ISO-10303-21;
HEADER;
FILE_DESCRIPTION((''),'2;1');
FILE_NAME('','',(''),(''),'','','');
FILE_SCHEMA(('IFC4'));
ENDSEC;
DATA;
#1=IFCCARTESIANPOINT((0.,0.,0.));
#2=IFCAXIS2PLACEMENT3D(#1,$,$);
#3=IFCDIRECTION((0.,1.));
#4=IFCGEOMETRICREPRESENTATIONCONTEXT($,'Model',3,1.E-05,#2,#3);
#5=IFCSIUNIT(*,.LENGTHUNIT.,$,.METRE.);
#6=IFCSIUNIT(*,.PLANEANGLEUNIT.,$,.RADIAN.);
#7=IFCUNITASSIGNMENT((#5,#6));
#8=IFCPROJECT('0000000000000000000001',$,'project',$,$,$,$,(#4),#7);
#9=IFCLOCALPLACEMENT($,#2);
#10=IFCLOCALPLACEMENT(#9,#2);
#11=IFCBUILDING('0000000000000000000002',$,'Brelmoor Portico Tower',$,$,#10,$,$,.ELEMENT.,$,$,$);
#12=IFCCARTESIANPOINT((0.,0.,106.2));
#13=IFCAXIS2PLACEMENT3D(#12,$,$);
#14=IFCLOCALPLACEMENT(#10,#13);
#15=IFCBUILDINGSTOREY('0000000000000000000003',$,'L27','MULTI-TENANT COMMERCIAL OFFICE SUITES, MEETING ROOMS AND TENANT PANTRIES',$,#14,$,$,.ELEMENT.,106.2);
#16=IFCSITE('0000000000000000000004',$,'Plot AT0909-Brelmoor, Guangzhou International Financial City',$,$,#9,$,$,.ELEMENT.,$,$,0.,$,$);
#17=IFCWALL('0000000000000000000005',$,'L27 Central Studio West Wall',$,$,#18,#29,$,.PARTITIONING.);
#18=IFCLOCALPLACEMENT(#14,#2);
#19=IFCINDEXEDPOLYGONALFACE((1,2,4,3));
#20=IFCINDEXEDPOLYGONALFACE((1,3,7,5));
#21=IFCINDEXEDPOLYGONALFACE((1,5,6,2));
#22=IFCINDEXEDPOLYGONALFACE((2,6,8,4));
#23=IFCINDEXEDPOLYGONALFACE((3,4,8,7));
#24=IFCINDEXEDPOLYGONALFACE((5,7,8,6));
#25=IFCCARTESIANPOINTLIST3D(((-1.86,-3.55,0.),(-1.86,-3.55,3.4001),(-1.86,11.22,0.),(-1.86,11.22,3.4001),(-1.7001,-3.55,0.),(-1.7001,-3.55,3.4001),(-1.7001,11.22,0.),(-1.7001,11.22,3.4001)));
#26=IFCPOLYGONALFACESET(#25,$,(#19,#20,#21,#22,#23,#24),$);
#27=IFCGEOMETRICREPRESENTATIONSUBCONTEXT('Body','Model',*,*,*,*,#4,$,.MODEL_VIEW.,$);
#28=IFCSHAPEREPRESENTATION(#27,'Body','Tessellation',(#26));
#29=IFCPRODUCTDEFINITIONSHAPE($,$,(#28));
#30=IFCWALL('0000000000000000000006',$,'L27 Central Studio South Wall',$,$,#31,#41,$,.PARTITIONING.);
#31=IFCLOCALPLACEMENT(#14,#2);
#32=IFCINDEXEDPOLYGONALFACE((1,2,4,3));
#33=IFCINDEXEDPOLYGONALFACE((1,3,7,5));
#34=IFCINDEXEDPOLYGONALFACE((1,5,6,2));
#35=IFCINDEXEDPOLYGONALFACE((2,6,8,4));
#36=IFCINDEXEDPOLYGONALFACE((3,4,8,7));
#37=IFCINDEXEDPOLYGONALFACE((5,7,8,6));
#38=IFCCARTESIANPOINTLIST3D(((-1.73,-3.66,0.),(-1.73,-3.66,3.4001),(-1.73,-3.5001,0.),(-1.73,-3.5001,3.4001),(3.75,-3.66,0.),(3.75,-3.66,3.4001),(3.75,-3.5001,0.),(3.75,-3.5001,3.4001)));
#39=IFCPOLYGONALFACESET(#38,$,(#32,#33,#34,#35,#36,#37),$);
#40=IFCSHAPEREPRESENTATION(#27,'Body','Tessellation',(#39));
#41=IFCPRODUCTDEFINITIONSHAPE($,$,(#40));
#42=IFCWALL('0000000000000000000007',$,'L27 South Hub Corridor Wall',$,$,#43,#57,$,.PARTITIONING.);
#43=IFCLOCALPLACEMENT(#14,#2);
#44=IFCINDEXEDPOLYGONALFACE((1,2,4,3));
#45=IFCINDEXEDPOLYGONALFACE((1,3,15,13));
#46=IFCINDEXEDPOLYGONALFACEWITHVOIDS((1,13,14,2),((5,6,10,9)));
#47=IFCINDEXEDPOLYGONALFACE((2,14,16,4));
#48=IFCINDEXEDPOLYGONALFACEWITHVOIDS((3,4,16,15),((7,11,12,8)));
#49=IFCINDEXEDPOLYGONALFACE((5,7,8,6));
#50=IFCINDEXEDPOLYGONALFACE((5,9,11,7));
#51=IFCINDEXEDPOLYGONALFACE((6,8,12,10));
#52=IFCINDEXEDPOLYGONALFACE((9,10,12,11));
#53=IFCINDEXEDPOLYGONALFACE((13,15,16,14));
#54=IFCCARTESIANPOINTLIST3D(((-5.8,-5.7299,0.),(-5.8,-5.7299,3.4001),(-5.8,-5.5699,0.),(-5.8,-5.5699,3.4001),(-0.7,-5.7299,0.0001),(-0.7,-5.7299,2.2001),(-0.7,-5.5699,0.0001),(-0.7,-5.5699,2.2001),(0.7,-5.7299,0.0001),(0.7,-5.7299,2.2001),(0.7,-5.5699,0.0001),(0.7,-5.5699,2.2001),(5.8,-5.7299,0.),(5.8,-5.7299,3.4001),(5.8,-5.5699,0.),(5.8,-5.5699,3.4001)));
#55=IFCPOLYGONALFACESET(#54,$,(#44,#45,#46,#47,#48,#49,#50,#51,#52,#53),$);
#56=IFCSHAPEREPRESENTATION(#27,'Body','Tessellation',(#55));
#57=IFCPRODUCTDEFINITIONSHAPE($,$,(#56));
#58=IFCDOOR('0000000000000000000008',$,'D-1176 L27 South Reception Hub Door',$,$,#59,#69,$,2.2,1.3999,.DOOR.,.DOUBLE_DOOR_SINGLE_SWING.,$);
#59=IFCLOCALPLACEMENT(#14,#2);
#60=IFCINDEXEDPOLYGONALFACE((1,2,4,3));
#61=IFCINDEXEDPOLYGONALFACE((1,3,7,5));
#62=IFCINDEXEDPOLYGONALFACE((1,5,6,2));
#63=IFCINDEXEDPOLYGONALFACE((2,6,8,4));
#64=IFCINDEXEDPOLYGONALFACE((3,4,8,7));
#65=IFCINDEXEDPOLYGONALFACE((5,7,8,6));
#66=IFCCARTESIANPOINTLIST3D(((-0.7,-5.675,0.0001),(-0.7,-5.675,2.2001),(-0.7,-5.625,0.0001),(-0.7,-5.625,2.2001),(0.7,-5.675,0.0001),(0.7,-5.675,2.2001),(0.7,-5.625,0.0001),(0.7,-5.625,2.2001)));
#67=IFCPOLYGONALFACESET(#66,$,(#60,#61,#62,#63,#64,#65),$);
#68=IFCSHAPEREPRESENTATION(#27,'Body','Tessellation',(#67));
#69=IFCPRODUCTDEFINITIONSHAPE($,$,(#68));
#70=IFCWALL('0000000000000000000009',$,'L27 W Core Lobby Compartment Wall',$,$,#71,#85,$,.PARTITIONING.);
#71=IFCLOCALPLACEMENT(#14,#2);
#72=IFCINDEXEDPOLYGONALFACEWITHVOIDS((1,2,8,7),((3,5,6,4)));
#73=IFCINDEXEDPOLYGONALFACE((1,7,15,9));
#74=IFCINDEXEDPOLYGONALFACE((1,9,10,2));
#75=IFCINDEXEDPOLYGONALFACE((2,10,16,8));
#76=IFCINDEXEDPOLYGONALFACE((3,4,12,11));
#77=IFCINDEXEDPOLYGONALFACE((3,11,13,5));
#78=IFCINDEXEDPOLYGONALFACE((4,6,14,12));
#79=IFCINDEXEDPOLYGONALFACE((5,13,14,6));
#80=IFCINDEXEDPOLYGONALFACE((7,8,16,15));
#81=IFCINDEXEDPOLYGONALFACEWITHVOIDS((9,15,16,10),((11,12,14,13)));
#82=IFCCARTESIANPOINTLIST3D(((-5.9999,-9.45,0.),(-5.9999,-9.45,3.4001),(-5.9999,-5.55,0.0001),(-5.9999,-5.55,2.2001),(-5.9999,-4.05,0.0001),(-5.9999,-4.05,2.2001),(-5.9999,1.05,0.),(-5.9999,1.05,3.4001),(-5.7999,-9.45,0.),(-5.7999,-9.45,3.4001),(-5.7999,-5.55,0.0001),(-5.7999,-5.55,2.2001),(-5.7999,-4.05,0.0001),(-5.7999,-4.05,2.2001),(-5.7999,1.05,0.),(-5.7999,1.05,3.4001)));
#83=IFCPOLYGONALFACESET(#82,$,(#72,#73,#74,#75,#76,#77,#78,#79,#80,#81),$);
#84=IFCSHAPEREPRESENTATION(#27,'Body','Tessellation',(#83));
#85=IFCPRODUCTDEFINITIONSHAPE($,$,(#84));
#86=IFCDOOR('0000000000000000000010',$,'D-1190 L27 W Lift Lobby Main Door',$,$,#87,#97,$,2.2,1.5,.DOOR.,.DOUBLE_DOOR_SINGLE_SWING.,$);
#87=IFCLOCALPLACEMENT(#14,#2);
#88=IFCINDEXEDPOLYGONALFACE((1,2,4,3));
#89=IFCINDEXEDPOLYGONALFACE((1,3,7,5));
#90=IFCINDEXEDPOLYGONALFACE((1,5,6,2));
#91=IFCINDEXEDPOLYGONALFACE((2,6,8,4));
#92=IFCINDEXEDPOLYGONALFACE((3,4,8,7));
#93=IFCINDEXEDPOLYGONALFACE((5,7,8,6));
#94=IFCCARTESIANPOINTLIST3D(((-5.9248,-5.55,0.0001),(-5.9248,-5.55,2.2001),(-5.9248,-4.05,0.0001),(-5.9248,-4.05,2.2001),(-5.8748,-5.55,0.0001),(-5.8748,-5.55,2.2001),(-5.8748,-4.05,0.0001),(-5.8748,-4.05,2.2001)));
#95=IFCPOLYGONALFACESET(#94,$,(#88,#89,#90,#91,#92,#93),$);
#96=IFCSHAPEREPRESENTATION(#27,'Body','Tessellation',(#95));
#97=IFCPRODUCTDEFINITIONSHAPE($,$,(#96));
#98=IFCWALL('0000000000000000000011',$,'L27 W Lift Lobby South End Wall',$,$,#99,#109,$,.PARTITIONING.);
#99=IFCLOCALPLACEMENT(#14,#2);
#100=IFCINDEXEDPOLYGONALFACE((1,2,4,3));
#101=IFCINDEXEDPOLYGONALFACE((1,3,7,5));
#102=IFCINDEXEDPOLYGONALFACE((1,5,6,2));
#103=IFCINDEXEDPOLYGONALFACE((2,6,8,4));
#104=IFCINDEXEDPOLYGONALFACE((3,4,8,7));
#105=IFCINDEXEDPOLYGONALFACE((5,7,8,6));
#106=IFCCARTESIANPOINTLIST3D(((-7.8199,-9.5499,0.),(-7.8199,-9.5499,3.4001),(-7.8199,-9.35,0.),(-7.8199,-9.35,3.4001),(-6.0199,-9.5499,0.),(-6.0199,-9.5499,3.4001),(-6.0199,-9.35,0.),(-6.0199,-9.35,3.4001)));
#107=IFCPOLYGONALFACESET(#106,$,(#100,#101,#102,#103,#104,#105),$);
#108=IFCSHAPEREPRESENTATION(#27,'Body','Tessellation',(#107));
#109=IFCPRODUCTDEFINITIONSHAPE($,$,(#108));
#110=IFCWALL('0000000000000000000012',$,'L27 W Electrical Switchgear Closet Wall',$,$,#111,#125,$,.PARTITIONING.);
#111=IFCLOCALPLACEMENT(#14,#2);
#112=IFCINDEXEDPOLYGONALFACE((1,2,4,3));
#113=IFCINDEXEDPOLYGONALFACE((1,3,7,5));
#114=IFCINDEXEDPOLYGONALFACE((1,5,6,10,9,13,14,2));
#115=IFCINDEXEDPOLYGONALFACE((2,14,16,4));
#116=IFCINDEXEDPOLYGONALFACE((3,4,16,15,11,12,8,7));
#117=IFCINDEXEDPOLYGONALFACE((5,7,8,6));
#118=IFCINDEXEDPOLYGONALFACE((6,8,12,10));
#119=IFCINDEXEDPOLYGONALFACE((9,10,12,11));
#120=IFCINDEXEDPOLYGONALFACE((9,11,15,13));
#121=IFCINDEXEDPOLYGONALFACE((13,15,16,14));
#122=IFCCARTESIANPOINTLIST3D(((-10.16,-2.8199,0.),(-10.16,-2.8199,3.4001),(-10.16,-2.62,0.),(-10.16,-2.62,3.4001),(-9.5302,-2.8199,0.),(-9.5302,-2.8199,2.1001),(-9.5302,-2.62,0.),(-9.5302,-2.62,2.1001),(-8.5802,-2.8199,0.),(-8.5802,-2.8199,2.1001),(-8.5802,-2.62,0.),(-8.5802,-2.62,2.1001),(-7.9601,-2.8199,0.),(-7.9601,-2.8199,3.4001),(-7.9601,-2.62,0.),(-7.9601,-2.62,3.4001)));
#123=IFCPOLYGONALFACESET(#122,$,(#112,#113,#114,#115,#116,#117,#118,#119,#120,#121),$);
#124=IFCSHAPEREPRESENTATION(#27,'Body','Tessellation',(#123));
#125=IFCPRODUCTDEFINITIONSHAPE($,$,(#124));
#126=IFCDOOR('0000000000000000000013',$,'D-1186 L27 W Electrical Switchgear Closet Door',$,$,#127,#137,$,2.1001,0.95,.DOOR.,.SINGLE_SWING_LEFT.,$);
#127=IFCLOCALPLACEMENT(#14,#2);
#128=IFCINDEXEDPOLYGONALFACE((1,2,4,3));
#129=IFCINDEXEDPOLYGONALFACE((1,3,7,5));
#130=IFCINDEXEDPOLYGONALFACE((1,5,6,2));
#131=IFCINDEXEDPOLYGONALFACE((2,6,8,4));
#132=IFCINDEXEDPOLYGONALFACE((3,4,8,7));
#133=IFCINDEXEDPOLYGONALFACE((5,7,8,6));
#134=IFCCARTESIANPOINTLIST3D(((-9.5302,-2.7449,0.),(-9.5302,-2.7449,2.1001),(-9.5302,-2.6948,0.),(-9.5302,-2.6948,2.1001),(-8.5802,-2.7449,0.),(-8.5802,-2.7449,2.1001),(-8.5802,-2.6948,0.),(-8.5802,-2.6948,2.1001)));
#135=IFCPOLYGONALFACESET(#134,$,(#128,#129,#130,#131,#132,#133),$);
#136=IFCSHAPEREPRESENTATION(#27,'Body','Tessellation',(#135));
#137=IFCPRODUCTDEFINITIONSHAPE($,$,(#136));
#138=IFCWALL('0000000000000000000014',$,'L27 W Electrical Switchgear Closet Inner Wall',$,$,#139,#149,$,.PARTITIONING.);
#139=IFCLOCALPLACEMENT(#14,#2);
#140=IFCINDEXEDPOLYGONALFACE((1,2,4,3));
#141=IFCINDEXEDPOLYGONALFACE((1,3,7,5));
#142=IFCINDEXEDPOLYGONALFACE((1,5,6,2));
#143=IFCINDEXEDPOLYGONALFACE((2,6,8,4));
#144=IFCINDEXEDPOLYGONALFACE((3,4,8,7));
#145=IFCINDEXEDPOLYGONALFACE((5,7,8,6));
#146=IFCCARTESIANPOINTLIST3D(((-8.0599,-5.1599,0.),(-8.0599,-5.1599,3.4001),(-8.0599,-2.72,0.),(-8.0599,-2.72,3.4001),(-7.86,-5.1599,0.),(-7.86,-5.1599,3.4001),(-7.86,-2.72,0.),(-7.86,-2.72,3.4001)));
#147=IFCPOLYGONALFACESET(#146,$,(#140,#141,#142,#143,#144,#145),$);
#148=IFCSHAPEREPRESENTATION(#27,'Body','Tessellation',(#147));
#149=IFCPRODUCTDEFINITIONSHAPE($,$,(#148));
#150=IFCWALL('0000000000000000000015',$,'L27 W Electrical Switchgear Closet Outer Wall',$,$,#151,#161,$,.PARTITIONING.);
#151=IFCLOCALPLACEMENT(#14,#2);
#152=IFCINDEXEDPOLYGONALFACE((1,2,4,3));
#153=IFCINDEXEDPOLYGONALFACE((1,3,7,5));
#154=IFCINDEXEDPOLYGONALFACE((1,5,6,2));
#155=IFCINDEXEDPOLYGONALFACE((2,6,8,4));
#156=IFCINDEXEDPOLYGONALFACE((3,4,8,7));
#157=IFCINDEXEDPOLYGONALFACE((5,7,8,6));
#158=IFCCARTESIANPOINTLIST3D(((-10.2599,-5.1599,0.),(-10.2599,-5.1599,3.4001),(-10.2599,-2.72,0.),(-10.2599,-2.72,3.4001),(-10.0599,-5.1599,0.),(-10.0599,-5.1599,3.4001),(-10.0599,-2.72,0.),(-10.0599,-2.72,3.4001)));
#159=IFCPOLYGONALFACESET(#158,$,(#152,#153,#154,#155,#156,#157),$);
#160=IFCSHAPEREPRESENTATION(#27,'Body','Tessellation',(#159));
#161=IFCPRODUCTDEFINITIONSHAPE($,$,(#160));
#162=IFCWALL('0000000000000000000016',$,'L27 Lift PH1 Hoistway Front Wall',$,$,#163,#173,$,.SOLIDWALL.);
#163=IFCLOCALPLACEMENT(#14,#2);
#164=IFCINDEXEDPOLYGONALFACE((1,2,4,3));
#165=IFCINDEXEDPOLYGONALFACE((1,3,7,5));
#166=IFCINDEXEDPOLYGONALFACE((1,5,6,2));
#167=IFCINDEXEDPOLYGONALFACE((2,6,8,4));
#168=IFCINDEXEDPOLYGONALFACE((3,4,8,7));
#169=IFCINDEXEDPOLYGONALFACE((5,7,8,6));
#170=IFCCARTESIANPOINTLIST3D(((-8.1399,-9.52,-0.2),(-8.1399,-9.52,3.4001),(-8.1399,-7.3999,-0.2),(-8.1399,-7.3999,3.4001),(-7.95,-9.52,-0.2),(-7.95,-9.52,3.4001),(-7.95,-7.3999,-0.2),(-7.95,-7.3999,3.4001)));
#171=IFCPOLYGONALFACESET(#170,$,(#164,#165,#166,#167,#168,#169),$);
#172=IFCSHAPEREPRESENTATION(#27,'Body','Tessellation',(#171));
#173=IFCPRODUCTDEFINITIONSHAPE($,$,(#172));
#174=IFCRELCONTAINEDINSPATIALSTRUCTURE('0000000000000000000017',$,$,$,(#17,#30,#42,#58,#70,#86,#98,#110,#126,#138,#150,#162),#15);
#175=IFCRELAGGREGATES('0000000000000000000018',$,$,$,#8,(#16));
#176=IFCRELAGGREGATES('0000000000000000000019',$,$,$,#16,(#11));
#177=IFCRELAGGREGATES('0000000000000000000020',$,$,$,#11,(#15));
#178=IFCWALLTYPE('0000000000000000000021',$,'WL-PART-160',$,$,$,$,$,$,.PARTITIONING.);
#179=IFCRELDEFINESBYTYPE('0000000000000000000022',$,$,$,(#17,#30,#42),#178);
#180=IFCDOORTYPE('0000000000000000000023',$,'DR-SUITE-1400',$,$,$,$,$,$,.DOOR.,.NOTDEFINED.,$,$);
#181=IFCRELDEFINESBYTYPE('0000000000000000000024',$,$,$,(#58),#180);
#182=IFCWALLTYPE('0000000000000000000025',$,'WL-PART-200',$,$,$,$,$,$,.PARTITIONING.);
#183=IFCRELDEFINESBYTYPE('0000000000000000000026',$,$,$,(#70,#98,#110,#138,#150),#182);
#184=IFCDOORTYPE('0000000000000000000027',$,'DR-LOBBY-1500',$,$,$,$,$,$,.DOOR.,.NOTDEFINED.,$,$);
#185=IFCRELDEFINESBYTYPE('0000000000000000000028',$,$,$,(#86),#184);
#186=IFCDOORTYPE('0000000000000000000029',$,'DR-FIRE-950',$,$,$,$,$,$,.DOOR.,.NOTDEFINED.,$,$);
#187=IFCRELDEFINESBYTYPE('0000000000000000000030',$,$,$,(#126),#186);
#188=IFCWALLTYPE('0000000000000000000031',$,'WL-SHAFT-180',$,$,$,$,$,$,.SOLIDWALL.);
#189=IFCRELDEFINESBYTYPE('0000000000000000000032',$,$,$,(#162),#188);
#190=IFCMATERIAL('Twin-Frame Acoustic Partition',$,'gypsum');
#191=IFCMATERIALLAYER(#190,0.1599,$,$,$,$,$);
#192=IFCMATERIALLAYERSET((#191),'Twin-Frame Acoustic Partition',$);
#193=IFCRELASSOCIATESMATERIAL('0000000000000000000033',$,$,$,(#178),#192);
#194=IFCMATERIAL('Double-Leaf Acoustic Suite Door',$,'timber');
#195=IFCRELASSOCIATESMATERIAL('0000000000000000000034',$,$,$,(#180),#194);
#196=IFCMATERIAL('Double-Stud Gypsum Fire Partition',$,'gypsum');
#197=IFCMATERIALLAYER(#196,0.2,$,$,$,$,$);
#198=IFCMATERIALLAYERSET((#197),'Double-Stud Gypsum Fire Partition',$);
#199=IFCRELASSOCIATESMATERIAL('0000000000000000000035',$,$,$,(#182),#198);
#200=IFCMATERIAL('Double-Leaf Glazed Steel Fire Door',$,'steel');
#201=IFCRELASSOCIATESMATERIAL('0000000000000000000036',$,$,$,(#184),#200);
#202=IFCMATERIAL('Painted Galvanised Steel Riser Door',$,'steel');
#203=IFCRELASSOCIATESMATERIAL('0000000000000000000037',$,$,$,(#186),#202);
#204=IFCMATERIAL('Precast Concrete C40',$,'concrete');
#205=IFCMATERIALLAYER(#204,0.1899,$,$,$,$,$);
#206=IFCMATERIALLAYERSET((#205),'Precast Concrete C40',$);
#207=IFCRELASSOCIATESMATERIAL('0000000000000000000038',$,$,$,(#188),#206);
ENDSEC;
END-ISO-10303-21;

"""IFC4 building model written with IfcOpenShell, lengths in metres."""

from ifc_helpers import new_model, si_unit, direction, frame, frame_2d, origin, place, context, subcontext, project, spatial, rectangle, extrude, material, layer, layer_set, type_object, element, fill, save


model = new_model("IFC4")

# Units and contexts
model_context = context("Model", 3, precision=1e-05, world=origin(), true_north=direction((0.0, 1.0)))
body_context = subcontext(model_context, "Body", "Model", "MODEL_VIEW")
ifc_project = project(units=[si_unit("LENGTHUNIT", "METRE"), si_unit("PLANEANGLEUNIT", "RADIAN")], contexts=[model_context])

# Site, building, storey
site_placement = place(None, origin())
site = spatial("IfcSite", under=ifc_project, at=site_placement, Name="Plot AT0909-Brelmoor, Guangzhou International Financial City", CompositionType="ELEMENT", RefElevation=0.0)
building_placement = place(site_placement, origin())
building = spatial("IfcBuilding", under=site, at=building_placement, Name="Brelmoor Portico Tower", CompositionType="ELEMENT")
storey_placement = place(building_placement, frame((0.0, 0.0, 106.2)))
storey = spatial("IfcBuildingStorey", under=building, at=storey_placement, Name="L27", Description="MULTI-TENANT COMMERCIAL OFFICE SUITES, MEETING ROOMS AND TENANT PANTRIES", CompositionType="ELEMENT", Elevation=106.2)

# Shared definitions
ifc_material_1 = material(Name="Twin-Frame Acoustic Partition", Category="gypsum")
ifc_layer_1 = layer(ifc_material_1, 0.1599)
ifc_layer_set_1 = layer_set([ifc_layer_1], Name="Twin-Frame Acoustic Partition")
wall_type_1 = type_object("IfcWallType", Name="WL-PART-160", PredefinedType="PARTITIONING", material=ifc_layer_set_1)

# Walls
wall_1_placement = place(storey_placement, frame((-1.78, -3.55, 0.0), z_axis=(0.0, 0.0, 1.0), x_axis=(0.0, 1.0, 0.0)))
element("IfcWall", 1, at=wall_1_placement, inside=storey, type_object=wall_type_1, Name="L27 Central Studio West Wall", PredefinedType="PARTITIONING", context=body_context, shape_type="SweptSolid", body=[
    extrude(rectangle(XDim=14.77, YDim=0.1599, at=frame_2d((7.385, 0.0))), origin(), (0.0, 0.0, 1.0), 3.4001),
])
wall_2_placement = place(storey_placement, frame((-1.73, -3.5801, 0.0), z_axis=(0.0, 0.0, 1.0), x_axis=(1.0, 0.0, 0.0)))
element("IfcWall", 2, at=wall_2_placement, inside=storey, type_object=wall_type_1, Name="L27 Central Studio South Wall", PredefinedType="PARTITIONING", context=body_context, shape_type="SweptSolid", body=[
    extrude(rectangle(XDim=5.48, YDim=0.1599, at=frame_2d((2.74, 0.0))), origin(), (0.0, 0.0, 1.0), 3.4001),
])

# Walls, openings, doors
wall_3_placement = place(storey_placement, frame((-5.8, -5.6499, 0.0), z_axis=(0.0, 0.0, 1.0), x_axis=(1.0, 0.0, 0.0)))
wall_3 = element("IfcWall", 3, at=wall_3_placement, inside=storey, type_object=wall_type_1, Name="L27 South Hub Corridor Wall", PredefinedType="PARTITIONING", context=body_context, shape_type="SweptSolid", body=[
    extrude(rectangle(XDim=11.6001, YDim=0.1599, at=frame_2d((5.8, 0.0))), origin(), (0.0, 0.0, 1.0), 3.4001),
])
opening_1_placement = place(wall_3_placement, frame((5.1001, 0.0, 0.0)))
opening_1 = element("IfcOpeningElement", 4, at=opening_1_placement, cuts=wall_3, PredefinedType="OPENING", context=body_context, shape_type="SweptSolid", body=[
    extrude(rectangle(XDim=1.3999, YDim=2.2, at=frame_2d((0.7, 1.1001))), frame((0.0, 0.0898, 0.0), z_axis=(0.0, -1.0, 0.0), x_axis=(1.0, 0.0, 0.0)), (0.0, 0.0, 1.0), 0.1799),
])
ifc_material_2 = material(Name="Double-Leaf Acoustic Suite Door", Category="timber")
door_type_1 = type_object("IfcDoorType", Name="DR-SUITE-1400", OperationType="NOTDEFINED", PredefinedType="DOOR", material=ifc_material_2)
door_1_placement = place(opening_1_placement, origin())
door_1 = element("IfcDoor", 5, at=door_1_placement, inside=storey, type_object=door_type_1, Name="D-1176 L27 South Reception Hub Door", OperationType="DOUBLE_DOOR_SINGLE_SWING", OverallHeight=2.2, OverallWidth=1.3999, PredefinedType="DOOR", context=body_context, shape_type="SweptSolid", body=[
    extrude(rectangle(XDim=1.3999, YDim=2.2, at=frame_2d((0.7, 1.1001))), frame((0.0, 0.0249, 0.0), z_axis=(0.0, -1.0, 0.0), x_axis=(1.0, 0.0, 0.0)), (0.0, 0.0, 1.0), 0.05),
])
fill(opening_1, door_1)
ifc_material_3 = material(Name="Double-Stud Gypsum Fire Partition", Category="gypsum")
ifc_layer_2 = layer(ifc_material_3, 0.2)
ifc_layer_set_2 = layer_set([ifc_layer_2], Name="Double-Stud Gypsum Fire Partition")
wall_type_2 = type_object("IfcWallType", Name="WL-PART-200", PredefinedType="PARTITIONING", material=ifc_layer_set_2)
wall_4_placement = place(storey_placement, frame((-5.8999, -9.45, 0.0), z_axis=(0.0, 0.0, 1.0), x_axis=(0.0, 1.0, 0.0)))
wall_4 = element("IfcWall", 6, at=wall_4_placement, inside=storey, type_object=wall_type_2, Name="L27 W Core Lobby Compartment Wall", PredefinedType="PARTITIONING", context=body_context, shape_type="SweptSolid", body=[
    extrude(rectangle(XDim=10.5, YDim=0.2, at=frame_2d((5.25, 0.0))), origin(), (0.0, 0.0, 1.0), 3.4001),
])
opening_2_placement = place(wall_4_placement, frame((3.8999, 0.0, 0.0)))
opening_2 = element("IfcOpeningElement", 7, at=opening_2_placement, cuts=wall_4, PredefinedType="OPENING", context=body_context, shape_type="SweptSolid", body=[
    extrude(rectangle(XDim=1.5, YDim=2.2, at=frame_2d((0.75, 1.1001))), frame((0.0, 0.1099, 0.0), z_axis=(0.0, -1.0, 0.0), x_axis=(1.0, 0.0, 0.0)), (0.0, 0.0, 1.0), 0.22),
])
ifc_material_4 = material(Name="Double-Leaf Glazed Steel Fire Door", Category="steel")
door_type_2 = type_object("IfcDoorType", Name="DR-LOBBY-1500", OperationType="NOTDEFINED", PredefinedType="DOOR", material=ifc_material_4)
door_2_placement = place(opening_2_placement, origin())
door_2 = element("IfcDoor", 8, at=door_2_placement, inside=storey, type_object=door_type_2, Name="D-1190 L27 W Lift Lobby Main Door", OperationType="DOUBLE_DOOR_SINGLE_SWING", OverallHeight=2.2, OverallWidth=1.5, PredefinedType="DOOR", context=body_context, shape_type="SweptSolid", body=[
    extrude(rectangle(XDim=1.5, YDim=2.2, at=frame_2d((0.75, 1.1001))), frame((0.0, 0.0249, 0.0), z_axis=(0.0, -1.0, 0.0), x_axis=(1.0, 0.0, 0.0)), (0.0, 0.0, 1.0), 0.05),
])
fill(opening_2, door_2)

# Wall
wall_5_placement = place(storey_placement, frame((-6.02, -9.45, 0.0), z_axis=(0.0, 0.0, 1.0), x_axis=(-1.0, 0.0, 0.0)))
element("IfcWall", 9, at=wall_5_placement, inside=storey, type_object=wall_type_2, Name="L27 W Lift Lobby South End Wall", PredefinedType="PARTITIONING", context=body_context, shape_type="SweptSolid", body=[
    extrude(rectangle(XDim=1.8, YDim=0.2, at=frame_2d((0.8999, 0.0))), origin(), (0.0, 0.0, 1.0), 3.4001),
])

# Wall, opening, door
wall_6_placement = place(storey_placement, frame((-7.96, -2.72, 0.0), z_axis=(0.0, 0.0, 1.0), x_axis=(-1.0, 0.0, 0.0)))
wall_6 = element("IfcWall", 10, at=wall_6_placement, inside=storey, type_object=wall_type_2, Name="L27 W Electrical Switchgear Closet Wall", PredefinedType="PARTITIONING", context=body_context, shape_type="SweptSolid", body=[
    extrude(rectangle(XDim=2.2, YDim=0.2, at=frame_2d((1.1001, 0.0))), origin(), (0.0, 0.0, 1.0), 3.4001),
])
opening_3_placement = place(wall_6_placement, frame((0.6201, 0.0, 0.0)))
opening_3 = element("IfcOpeningElement", 11, at=opening_3_placement, cuts=wall_6, PredefinedType="OPENING", context=body_context, shape_type="SweptSolid", body=[
    extrude(rectangle(XDim=0.95, YDim=2.1001, at=frame_2d((0.4751, 1.05))), frame((0.0, 0.1099, 0.0), z_axis=(0.0, -1.0, 0.0), x_axis=(1.0, 0.0, 0.0)), (0.0, 0.0, 1.0), 0.22),
])
ifc_material_5 = material(Name="Painted Galvanised Steel Riser Door", Category="steel")
door_type_3 = type_object("IfcDoorType", Name="DR-FIRE-950", OperationType="NOTDEFINED", PredefinedType="DOOR", material=ifc_material_5)
door_3_placement = place(opening_3_placement, origin())
door_3 = element("IfcDoor", 12, at=door_3_placement, inside=storey, type_object=door_type_3, Name="D-1186 L27 W Electrical Switchgear Closet Door", OperationType="SINGLE_SWING_LEFT", OverallHeight=2.1001, OverallWidth=0.95, PredefinedType="DOOR", context=body_context, shape_type="SweptSolid", body=[
    extrude(rectangle(XDim=0.95, YDim=2.1001, at=frame_2d((0.4751, 1.05))), frame((0.0, 0.0249, 0.0), z_axis=(0.0, -1.0, 0.0), x_axis=(1.0, 0.0, 0.0)), (0.0, 0.0, 1.0), 0.05),
])
fill(opening_3, door_3)

# Walls
for number, where, z_axis, x_axis, name in (
    (13, (-7.96, -5.1599, 0.0), (0.0, 0.0, 1.0), (0.0, 1.0, 0.0), "L27 W Electrical Switchgear Closet Inner Wall"),
    (14, (-10.1599, -5.1599, 0.0), (0.0, 0.0, 1.0), (0.0, 1.0, 0.0), "L27 W Electrical Switchgear Closet Outer Wall"),
):
    element("IfcWall", number, at=place(storey_placement, frame(where, z_axis=z_axis, x_axis=x_axis)), inside=storey, type_object=wall_type_2, Name=name, PredefinedType="PARTITIONING", context=body_context, shape_type="SweptSolid", body=[
        extrude(rectangle(XDim=2.4399, YDim=0.2, at=frame_2d((1.22, 0.0))), origin(), (0.0, 0.0, 1.0), 3.4001),
    ])
ifc_material_6 = material(Name="Precast Concrete C40", Category="concrete")
ifc_layer_3 = layer(ifc_material_6, 0.1899)
ifc_layer_set_3 = layer_set([ifc_layer_3], Name="Precast Concrete C40")
wall_type_3 = type_object("IfcWallType", Name="WL-SHAFT-180", PredefinedType="SOLIDWALL", material=ifc_layer_set_3)
for number, where, z_axis, x_axis, name in (
    (15, (-8.0449, -9.52, -0.2), (0.0, 0.0, 1.0), (0.0, 1.0, 0.0), "L27 Lift PH1 Hoistway Front Wall"),
):
    element("IfcWall", number, at=place(storey_placement, frame(where, z_axis=z_axis, x_axis=x_axis)), inside=storey, type_object=wall_type_3, Name=name, PredefinedType="SOLIDWALL", context=body_context, shape_type="SweptSolid", body=[
        extrude(rectangle(XDim=2.1201, YDim=0.1899, at=frame_2d((1.0601, 0.0))), origin(), (0.0, 0.0, 1.0), 3.6001),
    ])

save(model, "model.ifc")
